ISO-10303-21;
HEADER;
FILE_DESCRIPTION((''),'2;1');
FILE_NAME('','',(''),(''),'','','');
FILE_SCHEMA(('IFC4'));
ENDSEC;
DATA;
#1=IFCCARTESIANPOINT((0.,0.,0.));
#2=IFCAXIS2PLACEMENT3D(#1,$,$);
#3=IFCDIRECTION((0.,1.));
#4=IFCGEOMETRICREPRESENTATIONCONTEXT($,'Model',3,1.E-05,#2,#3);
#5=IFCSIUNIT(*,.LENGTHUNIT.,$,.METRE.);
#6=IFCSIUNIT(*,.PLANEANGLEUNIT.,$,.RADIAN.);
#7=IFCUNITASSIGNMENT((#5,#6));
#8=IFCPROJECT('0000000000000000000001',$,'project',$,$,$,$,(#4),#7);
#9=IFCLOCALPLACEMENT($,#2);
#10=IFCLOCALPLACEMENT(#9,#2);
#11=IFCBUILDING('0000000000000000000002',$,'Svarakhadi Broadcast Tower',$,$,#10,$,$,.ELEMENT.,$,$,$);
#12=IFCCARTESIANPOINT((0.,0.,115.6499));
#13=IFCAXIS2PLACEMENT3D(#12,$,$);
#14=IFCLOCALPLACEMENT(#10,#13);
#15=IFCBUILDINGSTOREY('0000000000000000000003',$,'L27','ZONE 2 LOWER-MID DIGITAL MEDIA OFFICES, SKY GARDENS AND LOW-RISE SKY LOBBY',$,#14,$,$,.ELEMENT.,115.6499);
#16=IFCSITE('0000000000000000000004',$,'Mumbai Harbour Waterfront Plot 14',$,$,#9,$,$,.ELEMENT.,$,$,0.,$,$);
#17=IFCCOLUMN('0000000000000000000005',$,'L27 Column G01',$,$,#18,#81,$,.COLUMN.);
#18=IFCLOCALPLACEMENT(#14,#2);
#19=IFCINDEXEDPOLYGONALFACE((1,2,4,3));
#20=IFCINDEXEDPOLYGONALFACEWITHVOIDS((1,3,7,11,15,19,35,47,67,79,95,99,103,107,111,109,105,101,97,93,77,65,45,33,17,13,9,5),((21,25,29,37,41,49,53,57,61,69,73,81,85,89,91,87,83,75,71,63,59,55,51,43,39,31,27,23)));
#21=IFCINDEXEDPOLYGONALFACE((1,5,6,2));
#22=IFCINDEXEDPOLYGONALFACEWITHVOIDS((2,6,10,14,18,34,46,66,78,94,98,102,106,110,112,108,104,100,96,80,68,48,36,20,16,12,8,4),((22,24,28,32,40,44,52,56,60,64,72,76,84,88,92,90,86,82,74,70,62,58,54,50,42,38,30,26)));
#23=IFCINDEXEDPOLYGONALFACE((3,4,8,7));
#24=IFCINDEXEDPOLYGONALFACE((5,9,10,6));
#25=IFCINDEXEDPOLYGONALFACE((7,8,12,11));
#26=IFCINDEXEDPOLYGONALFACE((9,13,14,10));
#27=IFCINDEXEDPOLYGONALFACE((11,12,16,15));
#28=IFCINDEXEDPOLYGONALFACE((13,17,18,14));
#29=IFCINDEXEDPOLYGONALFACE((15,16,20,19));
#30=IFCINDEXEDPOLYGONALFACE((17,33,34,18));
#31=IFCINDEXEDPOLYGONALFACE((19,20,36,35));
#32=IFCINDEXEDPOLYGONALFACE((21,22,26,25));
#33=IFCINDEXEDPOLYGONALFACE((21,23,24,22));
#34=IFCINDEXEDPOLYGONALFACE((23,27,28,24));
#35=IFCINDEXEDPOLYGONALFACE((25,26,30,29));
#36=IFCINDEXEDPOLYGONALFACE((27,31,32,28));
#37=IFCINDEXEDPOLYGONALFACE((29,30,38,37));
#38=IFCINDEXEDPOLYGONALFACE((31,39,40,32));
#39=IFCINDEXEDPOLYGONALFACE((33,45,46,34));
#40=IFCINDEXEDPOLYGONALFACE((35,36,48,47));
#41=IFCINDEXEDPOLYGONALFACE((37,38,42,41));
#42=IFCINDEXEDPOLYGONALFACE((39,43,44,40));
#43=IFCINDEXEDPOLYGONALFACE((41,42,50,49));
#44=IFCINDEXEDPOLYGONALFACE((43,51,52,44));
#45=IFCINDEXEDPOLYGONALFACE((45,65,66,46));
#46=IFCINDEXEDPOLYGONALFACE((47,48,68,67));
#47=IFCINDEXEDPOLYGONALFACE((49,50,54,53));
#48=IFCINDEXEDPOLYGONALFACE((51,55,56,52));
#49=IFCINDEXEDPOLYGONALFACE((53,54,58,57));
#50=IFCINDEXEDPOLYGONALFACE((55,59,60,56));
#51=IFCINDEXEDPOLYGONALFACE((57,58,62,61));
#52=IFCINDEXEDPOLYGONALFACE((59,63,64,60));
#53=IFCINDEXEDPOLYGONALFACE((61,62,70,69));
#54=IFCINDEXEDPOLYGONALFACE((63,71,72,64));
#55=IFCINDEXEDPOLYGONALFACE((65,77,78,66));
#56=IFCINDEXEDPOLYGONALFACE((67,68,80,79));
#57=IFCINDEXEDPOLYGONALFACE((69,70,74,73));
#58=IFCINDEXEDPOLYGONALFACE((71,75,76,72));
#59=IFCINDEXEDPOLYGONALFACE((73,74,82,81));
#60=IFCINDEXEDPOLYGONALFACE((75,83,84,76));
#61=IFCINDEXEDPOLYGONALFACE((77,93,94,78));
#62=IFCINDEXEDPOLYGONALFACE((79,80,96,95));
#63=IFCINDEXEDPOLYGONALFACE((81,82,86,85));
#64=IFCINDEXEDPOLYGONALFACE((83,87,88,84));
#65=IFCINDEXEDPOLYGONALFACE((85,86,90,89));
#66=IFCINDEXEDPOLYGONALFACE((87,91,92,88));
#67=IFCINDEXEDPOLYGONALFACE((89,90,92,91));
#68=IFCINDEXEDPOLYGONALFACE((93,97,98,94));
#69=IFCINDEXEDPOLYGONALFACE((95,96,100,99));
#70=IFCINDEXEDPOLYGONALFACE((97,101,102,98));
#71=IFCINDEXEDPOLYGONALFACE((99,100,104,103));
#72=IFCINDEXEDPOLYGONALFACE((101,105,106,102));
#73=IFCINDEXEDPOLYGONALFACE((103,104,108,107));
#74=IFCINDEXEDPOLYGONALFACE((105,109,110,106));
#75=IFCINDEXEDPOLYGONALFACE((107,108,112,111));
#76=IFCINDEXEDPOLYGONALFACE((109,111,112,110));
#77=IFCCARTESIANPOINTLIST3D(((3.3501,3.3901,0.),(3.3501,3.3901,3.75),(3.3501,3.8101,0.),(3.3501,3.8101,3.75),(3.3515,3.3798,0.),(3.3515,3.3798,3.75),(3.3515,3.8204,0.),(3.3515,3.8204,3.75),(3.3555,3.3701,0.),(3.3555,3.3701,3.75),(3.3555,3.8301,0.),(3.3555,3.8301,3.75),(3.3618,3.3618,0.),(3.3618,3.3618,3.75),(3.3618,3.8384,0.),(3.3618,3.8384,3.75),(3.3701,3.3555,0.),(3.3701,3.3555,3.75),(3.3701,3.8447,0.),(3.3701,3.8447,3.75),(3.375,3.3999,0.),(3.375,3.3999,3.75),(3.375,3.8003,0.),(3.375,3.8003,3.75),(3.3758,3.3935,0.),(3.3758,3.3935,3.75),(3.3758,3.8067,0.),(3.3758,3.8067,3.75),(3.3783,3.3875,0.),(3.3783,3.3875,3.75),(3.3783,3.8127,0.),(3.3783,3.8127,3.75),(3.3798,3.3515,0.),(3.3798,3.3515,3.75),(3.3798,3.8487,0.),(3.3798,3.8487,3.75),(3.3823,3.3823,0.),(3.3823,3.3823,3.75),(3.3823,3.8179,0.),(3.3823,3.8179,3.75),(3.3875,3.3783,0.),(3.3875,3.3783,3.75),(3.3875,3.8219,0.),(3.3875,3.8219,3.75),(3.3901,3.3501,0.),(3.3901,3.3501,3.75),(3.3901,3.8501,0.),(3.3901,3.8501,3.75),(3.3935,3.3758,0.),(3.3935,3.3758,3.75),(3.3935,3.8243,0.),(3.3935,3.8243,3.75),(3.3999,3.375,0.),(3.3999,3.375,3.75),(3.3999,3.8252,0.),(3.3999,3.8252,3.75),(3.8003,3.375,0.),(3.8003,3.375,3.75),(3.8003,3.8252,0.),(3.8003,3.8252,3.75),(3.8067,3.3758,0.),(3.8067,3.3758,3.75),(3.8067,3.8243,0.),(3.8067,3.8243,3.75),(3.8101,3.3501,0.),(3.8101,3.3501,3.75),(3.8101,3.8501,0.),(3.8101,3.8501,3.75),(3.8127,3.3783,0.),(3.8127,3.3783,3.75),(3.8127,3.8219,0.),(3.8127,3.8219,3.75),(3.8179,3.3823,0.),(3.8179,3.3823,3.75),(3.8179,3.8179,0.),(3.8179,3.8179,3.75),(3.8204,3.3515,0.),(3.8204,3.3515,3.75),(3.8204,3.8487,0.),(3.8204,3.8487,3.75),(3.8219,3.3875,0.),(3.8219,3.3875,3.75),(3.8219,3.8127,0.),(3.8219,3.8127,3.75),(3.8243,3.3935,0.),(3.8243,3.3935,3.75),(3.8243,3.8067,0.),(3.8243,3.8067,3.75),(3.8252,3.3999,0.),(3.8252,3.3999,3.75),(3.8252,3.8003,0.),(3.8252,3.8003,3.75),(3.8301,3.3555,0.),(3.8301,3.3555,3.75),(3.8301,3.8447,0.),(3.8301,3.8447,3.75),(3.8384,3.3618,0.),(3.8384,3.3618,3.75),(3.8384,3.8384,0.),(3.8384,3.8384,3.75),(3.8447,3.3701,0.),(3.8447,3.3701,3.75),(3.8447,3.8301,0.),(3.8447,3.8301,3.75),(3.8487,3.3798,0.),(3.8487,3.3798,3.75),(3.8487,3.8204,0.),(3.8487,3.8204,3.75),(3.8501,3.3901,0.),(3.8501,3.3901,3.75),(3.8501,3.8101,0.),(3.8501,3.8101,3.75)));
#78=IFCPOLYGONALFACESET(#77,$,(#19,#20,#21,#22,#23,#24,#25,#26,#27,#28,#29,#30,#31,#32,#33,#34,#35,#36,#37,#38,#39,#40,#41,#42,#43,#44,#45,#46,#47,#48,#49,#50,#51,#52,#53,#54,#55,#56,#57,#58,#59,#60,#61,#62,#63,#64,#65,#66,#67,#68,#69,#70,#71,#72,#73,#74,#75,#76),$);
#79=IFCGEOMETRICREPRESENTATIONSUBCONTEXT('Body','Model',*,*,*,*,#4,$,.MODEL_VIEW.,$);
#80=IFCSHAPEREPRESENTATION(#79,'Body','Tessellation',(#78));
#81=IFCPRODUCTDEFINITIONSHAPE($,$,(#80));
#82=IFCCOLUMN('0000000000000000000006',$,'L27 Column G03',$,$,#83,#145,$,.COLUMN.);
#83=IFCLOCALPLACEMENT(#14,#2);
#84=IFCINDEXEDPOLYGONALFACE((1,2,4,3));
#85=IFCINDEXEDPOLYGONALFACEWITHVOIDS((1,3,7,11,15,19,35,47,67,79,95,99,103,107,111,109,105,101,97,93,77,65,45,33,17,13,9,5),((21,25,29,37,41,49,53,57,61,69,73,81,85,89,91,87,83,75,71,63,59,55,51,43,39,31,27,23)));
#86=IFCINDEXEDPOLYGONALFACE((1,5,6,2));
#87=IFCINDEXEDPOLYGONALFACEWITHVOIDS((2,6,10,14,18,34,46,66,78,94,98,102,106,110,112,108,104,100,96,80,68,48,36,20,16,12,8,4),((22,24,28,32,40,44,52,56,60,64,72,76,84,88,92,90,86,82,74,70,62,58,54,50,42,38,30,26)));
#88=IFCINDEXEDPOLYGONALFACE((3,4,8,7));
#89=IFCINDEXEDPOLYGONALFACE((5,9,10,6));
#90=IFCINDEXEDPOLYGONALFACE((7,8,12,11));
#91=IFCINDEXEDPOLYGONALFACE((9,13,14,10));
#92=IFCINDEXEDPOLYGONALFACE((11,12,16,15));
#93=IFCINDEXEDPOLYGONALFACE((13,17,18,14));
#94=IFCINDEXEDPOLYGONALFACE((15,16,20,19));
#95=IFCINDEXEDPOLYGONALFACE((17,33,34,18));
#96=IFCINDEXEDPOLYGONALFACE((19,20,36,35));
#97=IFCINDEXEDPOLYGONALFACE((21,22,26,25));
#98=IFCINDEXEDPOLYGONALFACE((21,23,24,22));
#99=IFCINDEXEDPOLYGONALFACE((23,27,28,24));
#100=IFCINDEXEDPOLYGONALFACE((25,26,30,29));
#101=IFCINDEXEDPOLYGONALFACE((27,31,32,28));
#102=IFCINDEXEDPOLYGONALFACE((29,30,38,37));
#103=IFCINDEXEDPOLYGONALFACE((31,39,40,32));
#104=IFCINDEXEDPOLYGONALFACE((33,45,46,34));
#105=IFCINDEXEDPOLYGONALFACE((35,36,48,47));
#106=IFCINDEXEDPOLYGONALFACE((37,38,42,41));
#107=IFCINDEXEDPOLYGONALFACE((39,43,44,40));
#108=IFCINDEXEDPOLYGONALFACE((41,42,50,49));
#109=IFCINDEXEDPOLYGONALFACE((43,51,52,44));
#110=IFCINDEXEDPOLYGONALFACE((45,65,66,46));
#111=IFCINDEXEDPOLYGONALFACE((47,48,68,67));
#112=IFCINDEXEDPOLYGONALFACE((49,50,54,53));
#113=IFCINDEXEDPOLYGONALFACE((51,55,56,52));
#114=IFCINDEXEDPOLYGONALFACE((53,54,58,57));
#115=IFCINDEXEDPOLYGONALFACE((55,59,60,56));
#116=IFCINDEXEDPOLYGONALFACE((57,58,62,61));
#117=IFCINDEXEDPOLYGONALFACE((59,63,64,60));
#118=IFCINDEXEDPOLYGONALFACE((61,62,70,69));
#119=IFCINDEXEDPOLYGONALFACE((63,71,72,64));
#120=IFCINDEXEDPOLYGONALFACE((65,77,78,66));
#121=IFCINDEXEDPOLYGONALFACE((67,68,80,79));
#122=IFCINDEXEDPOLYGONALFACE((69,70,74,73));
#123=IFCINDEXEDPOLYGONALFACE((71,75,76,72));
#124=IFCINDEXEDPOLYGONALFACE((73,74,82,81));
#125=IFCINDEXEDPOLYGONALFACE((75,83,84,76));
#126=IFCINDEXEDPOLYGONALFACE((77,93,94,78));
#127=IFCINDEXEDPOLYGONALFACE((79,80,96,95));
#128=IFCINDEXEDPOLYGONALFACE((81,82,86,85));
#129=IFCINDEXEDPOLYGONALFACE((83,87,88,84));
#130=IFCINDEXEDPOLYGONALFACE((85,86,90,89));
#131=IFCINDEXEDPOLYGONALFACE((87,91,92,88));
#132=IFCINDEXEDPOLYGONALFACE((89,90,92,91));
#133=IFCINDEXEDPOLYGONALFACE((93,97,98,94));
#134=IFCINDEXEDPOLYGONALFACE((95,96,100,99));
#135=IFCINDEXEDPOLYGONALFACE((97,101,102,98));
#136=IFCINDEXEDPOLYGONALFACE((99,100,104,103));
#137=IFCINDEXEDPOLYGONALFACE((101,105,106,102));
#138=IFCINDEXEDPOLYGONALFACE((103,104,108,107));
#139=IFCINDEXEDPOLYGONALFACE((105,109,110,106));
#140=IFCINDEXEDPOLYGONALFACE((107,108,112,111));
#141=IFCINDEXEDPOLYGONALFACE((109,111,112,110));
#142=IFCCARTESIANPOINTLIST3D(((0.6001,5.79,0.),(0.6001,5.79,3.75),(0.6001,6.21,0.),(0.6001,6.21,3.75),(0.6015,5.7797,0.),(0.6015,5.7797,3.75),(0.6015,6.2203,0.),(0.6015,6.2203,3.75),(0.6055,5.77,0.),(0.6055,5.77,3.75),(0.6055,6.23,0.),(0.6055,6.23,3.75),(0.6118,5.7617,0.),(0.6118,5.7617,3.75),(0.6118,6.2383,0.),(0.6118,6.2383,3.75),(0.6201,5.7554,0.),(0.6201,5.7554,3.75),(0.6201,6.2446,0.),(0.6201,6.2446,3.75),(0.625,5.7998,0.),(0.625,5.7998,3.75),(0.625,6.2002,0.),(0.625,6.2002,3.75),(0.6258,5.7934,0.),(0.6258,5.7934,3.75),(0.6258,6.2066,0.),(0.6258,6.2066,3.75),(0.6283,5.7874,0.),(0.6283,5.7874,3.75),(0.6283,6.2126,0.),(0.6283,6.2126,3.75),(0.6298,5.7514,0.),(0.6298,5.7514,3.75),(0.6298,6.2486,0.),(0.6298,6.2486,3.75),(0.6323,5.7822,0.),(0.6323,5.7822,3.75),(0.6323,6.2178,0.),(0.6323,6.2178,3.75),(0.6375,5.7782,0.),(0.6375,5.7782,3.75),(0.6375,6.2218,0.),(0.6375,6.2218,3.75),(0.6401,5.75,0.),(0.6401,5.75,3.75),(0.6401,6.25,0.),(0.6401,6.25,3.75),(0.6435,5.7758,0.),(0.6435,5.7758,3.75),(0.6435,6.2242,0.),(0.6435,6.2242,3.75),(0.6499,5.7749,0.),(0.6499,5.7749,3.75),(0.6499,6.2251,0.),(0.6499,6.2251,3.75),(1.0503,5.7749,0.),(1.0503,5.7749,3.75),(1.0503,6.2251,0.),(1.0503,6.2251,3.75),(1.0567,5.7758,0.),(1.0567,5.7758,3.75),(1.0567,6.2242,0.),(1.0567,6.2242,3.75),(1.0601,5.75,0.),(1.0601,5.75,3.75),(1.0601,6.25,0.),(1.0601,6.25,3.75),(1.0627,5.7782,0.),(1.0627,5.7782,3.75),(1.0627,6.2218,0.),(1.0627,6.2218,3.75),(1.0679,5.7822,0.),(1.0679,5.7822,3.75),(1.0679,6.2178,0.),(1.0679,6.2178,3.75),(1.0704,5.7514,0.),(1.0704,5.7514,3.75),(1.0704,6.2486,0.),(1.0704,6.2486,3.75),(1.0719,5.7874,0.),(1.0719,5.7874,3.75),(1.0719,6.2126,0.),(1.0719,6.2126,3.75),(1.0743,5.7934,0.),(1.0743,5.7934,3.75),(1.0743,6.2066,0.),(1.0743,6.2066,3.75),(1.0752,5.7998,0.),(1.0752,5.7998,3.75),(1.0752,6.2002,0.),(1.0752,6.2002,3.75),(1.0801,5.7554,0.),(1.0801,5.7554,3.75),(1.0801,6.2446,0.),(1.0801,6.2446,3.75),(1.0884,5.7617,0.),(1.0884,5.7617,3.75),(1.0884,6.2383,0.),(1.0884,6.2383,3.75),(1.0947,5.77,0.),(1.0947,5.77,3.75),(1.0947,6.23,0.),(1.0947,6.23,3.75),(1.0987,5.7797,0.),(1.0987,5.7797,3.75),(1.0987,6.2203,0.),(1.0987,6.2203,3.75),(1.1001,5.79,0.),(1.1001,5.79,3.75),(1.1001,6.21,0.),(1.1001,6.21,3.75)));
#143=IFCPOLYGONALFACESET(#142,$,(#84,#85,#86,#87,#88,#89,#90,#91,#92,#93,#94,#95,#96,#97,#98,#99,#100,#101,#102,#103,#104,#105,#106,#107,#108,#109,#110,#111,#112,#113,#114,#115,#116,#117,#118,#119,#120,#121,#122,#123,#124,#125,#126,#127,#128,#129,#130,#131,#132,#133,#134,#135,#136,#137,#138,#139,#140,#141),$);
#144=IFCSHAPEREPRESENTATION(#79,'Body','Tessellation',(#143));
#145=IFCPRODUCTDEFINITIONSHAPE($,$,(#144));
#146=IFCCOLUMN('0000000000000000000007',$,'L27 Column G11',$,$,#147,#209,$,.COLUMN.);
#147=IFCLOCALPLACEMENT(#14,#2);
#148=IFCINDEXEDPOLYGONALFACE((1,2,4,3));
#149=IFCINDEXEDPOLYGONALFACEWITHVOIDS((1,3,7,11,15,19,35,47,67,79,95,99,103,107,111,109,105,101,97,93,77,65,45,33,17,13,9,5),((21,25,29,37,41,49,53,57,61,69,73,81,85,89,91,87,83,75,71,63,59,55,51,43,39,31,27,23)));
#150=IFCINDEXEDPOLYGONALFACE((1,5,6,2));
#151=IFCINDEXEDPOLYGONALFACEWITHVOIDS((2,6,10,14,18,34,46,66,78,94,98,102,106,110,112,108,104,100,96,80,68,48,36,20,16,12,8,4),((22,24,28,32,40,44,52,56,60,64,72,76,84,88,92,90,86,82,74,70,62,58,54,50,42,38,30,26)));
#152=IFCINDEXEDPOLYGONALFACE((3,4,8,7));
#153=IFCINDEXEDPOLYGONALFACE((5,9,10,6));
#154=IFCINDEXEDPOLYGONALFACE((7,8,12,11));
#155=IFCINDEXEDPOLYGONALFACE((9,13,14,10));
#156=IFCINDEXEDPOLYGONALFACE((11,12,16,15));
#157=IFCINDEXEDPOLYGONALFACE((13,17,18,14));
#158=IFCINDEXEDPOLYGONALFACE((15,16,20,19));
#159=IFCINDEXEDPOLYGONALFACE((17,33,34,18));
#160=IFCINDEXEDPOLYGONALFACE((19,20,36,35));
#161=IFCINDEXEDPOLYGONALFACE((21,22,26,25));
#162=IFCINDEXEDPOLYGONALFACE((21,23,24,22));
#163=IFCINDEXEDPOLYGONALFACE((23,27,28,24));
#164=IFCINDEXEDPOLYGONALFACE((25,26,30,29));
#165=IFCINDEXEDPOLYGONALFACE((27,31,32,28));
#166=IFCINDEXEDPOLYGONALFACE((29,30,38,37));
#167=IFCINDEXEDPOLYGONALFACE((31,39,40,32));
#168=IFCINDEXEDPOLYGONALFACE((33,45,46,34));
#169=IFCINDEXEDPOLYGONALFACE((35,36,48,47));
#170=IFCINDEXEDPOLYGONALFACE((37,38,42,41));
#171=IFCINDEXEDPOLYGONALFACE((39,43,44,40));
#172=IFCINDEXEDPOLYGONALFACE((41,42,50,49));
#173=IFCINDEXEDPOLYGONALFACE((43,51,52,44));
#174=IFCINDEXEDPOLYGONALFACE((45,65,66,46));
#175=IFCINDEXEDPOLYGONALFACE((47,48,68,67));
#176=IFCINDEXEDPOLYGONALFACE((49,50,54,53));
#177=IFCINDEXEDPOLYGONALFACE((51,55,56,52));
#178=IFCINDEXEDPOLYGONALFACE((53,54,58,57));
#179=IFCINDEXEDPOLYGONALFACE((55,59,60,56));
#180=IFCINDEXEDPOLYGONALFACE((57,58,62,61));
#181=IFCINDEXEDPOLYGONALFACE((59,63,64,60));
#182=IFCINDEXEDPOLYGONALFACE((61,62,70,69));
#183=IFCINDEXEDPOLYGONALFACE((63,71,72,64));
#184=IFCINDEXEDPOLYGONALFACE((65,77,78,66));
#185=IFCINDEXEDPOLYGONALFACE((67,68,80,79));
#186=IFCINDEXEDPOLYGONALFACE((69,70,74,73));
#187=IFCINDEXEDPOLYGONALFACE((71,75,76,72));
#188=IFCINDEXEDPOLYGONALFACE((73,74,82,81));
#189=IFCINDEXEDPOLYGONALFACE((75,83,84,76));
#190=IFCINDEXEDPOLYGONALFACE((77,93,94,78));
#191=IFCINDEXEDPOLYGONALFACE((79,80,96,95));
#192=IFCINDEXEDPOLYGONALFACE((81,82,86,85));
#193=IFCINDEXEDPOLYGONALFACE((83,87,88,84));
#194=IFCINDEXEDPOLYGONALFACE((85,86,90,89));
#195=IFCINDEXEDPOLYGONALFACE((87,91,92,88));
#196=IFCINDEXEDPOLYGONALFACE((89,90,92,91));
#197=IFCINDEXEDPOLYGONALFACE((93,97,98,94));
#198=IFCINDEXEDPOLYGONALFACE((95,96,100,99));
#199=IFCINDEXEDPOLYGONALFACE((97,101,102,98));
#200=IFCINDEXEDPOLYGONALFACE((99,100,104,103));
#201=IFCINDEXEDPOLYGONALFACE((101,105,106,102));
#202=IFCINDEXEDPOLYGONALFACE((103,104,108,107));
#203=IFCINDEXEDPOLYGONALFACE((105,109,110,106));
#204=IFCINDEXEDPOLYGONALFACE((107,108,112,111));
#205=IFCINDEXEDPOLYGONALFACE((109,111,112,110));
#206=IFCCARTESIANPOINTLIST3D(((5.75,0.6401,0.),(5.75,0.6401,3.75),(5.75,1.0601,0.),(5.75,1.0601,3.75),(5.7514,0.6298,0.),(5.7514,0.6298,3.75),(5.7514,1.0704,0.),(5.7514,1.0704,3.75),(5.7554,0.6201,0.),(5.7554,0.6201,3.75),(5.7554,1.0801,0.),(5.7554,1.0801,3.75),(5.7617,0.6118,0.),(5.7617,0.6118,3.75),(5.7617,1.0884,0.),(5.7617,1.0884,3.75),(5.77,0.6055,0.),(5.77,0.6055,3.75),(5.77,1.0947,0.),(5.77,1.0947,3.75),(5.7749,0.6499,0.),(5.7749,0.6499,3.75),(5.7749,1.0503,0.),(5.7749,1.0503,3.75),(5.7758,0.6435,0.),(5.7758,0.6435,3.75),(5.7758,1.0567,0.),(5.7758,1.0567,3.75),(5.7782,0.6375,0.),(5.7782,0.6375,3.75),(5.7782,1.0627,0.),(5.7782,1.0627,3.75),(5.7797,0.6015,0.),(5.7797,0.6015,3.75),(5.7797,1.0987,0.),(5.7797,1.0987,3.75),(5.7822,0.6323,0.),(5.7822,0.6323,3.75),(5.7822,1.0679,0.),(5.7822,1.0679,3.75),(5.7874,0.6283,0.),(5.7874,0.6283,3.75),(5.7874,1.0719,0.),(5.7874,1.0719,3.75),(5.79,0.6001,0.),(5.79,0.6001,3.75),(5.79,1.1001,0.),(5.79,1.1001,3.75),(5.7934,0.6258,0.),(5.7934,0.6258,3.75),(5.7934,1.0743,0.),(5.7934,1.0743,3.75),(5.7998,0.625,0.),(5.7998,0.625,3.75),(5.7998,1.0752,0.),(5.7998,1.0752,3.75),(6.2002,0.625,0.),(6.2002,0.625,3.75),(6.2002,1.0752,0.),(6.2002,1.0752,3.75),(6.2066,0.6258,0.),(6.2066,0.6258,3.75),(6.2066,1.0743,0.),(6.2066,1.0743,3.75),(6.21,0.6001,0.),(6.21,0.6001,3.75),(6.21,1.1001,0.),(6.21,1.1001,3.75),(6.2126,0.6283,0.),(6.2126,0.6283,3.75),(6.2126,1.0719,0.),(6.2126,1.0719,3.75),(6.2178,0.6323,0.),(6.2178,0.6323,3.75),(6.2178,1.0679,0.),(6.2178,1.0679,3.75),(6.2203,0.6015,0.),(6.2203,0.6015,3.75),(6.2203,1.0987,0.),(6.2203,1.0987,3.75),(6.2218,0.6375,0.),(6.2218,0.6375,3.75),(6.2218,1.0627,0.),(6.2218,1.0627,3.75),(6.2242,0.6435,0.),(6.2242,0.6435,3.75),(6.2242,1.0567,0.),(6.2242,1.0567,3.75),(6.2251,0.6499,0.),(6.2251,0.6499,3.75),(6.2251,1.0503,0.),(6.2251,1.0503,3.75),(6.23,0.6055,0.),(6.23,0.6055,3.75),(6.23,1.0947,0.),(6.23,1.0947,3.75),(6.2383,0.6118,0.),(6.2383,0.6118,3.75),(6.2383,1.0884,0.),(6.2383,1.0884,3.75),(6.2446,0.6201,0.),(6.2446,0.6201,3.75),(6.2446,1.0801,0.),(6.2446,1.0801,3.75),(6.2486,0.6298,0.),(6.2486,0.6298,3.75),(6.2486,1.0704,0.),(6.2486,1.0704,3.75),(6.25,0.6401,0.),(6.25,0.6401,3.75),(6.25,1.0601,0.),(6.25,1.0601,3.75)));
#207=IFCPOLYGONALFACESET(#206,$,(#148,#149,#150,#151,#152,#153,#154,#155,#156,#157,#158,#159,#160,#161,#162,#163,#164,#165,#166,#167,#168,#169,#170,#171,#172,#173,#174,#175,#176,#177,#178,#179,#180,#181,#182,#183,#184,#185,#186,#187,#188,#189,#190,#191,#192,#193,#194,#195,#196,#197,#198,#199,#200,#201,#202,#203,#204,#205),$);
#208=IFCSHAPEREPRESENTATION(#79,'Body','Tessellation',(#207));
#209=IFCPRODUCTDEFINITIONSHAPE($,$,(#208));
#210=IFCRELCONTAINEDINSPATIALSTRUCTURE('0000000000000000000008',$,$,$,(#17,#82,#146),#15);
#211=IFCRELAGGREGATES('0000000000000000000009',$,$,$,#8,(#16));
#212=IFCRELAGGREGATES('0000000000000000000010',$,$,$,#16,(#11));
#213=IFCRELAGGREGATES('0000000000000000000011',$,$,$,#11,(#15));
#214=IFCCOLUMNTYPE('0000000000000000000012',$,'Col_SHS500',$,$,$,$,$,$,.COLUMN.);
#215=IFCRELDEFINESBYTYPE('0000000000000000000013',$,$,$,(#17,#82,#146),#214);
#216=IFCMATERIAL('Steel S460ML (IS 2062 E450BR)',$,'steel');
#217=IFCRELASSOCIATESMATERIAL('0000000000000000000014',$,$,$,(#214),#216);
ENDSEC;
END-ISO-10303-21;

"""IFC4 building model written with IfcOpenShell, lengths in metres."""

from ifc_helpers import new_model, si_unit, direction, frame, origin, origin_2d, place, context, subcontext, project, spatial, hollow_rectangle, extrude, material, material_profile, profile_set, type_object, element, save


model = new_model("IFC4")

# Units and contexts
model_context = context("Model", 3, precision=1e-05, world=origin(), true_north=direction((0.0, 1.0)))
body_context = subcontext(model_context, "Body", "Model", "MODEL_VIEW")
ifc_project = project(units=[si_unit("LENGTHUNIT", "METRE"), si_unit("PLANEANGLEUNIT", "RADIAN")], contexts=[model_context])

# Site, building, storey
site_placement = place(None, origin())
site = spatial("IfcSite", under=ifc_project, at=site_placement, Name="Mumbai Harbour Waterfront Plot 14", CompositionType="ELEMENT", RefElevation=0.0)
building_placement = place(site_placement, origin())
building = spatial("IfcBuilding", under=site, at=building_placement, Name="Svarakhadi Broadcast Tower", CompositionType="ELEMENT")
storey_placement = place(building_placement, frame((0.0, 0.0, 115.6499)))
storey = spatial("IfcBuildingStorey", under=building, at=storey_placement, Name="L27", Description="ZONE 2 LOWER-MID DIGITAL MEDIA OFFICES, SKY GARDENS AND LOW-RISE SKY LOBBY", CompositionType="ELEMENT", Elevation=115.6499)

# Columns
ifc_material_1 = material(Name="Steel S460ML (IS 2062 E450BR)", Category="steel")
ifc_material_profile_1 = material_profile(ifc_material_1, hollow_rectangle(XDim=0.5, YDim=0.5, WallThickness=0.0249, InnerFilletRadius=0.0249, OuterFilletRadius=0.04, at=origin_2d()), Name="SHS 500x500x25")
ifc_profile_set_1 = profile_set([ifc_material_profile_1], Name="Steel S460ML (IS 2062 E450BR)")
column_type = type_object("IfcColumnType", Name="Col_SHS500", PredefinedType="COLUMN", material=ifc_profile_set_1)
for number, where, z_axis, x_axis, name in (
    (1, (3.6001, 3.6001, 0.0), (0.0, 0.0, 1.0), (1.0, 0.0, 0.0), "L27 Column G01"),
    (2, (0.8501, 6.0, 0.0), (0.0, 0.0, 1.0), (1.0, 0.0, 0.0), "L27 Column G03"),
    (3, (6.0, 0.8501, 0.0), (0.0, 0.0, 1.0), (1.0, 0.0, 0.0), "L27 Column G11"),
):
    element("IfcColumn", number, at=place(storey_placement, frame(where, z_axis=z_axis, x_axis=x_axis)), inside=storey, type_object=column_type, Name=name, PredefinedType="COLUMN", context=body_context, shape_type="SweptSolid", body=[
        extrude(hollow_rectangle(XDim=0.5, YDim=0.5, WallThickness=0.0249, InnerFilletRadius=0.0249, OuterFilletRadius=0.04, at=origin_2d()), origin(), (0.0, 0.0, 1.0), 3.75),
    ])

save(model, "model.ifc")
